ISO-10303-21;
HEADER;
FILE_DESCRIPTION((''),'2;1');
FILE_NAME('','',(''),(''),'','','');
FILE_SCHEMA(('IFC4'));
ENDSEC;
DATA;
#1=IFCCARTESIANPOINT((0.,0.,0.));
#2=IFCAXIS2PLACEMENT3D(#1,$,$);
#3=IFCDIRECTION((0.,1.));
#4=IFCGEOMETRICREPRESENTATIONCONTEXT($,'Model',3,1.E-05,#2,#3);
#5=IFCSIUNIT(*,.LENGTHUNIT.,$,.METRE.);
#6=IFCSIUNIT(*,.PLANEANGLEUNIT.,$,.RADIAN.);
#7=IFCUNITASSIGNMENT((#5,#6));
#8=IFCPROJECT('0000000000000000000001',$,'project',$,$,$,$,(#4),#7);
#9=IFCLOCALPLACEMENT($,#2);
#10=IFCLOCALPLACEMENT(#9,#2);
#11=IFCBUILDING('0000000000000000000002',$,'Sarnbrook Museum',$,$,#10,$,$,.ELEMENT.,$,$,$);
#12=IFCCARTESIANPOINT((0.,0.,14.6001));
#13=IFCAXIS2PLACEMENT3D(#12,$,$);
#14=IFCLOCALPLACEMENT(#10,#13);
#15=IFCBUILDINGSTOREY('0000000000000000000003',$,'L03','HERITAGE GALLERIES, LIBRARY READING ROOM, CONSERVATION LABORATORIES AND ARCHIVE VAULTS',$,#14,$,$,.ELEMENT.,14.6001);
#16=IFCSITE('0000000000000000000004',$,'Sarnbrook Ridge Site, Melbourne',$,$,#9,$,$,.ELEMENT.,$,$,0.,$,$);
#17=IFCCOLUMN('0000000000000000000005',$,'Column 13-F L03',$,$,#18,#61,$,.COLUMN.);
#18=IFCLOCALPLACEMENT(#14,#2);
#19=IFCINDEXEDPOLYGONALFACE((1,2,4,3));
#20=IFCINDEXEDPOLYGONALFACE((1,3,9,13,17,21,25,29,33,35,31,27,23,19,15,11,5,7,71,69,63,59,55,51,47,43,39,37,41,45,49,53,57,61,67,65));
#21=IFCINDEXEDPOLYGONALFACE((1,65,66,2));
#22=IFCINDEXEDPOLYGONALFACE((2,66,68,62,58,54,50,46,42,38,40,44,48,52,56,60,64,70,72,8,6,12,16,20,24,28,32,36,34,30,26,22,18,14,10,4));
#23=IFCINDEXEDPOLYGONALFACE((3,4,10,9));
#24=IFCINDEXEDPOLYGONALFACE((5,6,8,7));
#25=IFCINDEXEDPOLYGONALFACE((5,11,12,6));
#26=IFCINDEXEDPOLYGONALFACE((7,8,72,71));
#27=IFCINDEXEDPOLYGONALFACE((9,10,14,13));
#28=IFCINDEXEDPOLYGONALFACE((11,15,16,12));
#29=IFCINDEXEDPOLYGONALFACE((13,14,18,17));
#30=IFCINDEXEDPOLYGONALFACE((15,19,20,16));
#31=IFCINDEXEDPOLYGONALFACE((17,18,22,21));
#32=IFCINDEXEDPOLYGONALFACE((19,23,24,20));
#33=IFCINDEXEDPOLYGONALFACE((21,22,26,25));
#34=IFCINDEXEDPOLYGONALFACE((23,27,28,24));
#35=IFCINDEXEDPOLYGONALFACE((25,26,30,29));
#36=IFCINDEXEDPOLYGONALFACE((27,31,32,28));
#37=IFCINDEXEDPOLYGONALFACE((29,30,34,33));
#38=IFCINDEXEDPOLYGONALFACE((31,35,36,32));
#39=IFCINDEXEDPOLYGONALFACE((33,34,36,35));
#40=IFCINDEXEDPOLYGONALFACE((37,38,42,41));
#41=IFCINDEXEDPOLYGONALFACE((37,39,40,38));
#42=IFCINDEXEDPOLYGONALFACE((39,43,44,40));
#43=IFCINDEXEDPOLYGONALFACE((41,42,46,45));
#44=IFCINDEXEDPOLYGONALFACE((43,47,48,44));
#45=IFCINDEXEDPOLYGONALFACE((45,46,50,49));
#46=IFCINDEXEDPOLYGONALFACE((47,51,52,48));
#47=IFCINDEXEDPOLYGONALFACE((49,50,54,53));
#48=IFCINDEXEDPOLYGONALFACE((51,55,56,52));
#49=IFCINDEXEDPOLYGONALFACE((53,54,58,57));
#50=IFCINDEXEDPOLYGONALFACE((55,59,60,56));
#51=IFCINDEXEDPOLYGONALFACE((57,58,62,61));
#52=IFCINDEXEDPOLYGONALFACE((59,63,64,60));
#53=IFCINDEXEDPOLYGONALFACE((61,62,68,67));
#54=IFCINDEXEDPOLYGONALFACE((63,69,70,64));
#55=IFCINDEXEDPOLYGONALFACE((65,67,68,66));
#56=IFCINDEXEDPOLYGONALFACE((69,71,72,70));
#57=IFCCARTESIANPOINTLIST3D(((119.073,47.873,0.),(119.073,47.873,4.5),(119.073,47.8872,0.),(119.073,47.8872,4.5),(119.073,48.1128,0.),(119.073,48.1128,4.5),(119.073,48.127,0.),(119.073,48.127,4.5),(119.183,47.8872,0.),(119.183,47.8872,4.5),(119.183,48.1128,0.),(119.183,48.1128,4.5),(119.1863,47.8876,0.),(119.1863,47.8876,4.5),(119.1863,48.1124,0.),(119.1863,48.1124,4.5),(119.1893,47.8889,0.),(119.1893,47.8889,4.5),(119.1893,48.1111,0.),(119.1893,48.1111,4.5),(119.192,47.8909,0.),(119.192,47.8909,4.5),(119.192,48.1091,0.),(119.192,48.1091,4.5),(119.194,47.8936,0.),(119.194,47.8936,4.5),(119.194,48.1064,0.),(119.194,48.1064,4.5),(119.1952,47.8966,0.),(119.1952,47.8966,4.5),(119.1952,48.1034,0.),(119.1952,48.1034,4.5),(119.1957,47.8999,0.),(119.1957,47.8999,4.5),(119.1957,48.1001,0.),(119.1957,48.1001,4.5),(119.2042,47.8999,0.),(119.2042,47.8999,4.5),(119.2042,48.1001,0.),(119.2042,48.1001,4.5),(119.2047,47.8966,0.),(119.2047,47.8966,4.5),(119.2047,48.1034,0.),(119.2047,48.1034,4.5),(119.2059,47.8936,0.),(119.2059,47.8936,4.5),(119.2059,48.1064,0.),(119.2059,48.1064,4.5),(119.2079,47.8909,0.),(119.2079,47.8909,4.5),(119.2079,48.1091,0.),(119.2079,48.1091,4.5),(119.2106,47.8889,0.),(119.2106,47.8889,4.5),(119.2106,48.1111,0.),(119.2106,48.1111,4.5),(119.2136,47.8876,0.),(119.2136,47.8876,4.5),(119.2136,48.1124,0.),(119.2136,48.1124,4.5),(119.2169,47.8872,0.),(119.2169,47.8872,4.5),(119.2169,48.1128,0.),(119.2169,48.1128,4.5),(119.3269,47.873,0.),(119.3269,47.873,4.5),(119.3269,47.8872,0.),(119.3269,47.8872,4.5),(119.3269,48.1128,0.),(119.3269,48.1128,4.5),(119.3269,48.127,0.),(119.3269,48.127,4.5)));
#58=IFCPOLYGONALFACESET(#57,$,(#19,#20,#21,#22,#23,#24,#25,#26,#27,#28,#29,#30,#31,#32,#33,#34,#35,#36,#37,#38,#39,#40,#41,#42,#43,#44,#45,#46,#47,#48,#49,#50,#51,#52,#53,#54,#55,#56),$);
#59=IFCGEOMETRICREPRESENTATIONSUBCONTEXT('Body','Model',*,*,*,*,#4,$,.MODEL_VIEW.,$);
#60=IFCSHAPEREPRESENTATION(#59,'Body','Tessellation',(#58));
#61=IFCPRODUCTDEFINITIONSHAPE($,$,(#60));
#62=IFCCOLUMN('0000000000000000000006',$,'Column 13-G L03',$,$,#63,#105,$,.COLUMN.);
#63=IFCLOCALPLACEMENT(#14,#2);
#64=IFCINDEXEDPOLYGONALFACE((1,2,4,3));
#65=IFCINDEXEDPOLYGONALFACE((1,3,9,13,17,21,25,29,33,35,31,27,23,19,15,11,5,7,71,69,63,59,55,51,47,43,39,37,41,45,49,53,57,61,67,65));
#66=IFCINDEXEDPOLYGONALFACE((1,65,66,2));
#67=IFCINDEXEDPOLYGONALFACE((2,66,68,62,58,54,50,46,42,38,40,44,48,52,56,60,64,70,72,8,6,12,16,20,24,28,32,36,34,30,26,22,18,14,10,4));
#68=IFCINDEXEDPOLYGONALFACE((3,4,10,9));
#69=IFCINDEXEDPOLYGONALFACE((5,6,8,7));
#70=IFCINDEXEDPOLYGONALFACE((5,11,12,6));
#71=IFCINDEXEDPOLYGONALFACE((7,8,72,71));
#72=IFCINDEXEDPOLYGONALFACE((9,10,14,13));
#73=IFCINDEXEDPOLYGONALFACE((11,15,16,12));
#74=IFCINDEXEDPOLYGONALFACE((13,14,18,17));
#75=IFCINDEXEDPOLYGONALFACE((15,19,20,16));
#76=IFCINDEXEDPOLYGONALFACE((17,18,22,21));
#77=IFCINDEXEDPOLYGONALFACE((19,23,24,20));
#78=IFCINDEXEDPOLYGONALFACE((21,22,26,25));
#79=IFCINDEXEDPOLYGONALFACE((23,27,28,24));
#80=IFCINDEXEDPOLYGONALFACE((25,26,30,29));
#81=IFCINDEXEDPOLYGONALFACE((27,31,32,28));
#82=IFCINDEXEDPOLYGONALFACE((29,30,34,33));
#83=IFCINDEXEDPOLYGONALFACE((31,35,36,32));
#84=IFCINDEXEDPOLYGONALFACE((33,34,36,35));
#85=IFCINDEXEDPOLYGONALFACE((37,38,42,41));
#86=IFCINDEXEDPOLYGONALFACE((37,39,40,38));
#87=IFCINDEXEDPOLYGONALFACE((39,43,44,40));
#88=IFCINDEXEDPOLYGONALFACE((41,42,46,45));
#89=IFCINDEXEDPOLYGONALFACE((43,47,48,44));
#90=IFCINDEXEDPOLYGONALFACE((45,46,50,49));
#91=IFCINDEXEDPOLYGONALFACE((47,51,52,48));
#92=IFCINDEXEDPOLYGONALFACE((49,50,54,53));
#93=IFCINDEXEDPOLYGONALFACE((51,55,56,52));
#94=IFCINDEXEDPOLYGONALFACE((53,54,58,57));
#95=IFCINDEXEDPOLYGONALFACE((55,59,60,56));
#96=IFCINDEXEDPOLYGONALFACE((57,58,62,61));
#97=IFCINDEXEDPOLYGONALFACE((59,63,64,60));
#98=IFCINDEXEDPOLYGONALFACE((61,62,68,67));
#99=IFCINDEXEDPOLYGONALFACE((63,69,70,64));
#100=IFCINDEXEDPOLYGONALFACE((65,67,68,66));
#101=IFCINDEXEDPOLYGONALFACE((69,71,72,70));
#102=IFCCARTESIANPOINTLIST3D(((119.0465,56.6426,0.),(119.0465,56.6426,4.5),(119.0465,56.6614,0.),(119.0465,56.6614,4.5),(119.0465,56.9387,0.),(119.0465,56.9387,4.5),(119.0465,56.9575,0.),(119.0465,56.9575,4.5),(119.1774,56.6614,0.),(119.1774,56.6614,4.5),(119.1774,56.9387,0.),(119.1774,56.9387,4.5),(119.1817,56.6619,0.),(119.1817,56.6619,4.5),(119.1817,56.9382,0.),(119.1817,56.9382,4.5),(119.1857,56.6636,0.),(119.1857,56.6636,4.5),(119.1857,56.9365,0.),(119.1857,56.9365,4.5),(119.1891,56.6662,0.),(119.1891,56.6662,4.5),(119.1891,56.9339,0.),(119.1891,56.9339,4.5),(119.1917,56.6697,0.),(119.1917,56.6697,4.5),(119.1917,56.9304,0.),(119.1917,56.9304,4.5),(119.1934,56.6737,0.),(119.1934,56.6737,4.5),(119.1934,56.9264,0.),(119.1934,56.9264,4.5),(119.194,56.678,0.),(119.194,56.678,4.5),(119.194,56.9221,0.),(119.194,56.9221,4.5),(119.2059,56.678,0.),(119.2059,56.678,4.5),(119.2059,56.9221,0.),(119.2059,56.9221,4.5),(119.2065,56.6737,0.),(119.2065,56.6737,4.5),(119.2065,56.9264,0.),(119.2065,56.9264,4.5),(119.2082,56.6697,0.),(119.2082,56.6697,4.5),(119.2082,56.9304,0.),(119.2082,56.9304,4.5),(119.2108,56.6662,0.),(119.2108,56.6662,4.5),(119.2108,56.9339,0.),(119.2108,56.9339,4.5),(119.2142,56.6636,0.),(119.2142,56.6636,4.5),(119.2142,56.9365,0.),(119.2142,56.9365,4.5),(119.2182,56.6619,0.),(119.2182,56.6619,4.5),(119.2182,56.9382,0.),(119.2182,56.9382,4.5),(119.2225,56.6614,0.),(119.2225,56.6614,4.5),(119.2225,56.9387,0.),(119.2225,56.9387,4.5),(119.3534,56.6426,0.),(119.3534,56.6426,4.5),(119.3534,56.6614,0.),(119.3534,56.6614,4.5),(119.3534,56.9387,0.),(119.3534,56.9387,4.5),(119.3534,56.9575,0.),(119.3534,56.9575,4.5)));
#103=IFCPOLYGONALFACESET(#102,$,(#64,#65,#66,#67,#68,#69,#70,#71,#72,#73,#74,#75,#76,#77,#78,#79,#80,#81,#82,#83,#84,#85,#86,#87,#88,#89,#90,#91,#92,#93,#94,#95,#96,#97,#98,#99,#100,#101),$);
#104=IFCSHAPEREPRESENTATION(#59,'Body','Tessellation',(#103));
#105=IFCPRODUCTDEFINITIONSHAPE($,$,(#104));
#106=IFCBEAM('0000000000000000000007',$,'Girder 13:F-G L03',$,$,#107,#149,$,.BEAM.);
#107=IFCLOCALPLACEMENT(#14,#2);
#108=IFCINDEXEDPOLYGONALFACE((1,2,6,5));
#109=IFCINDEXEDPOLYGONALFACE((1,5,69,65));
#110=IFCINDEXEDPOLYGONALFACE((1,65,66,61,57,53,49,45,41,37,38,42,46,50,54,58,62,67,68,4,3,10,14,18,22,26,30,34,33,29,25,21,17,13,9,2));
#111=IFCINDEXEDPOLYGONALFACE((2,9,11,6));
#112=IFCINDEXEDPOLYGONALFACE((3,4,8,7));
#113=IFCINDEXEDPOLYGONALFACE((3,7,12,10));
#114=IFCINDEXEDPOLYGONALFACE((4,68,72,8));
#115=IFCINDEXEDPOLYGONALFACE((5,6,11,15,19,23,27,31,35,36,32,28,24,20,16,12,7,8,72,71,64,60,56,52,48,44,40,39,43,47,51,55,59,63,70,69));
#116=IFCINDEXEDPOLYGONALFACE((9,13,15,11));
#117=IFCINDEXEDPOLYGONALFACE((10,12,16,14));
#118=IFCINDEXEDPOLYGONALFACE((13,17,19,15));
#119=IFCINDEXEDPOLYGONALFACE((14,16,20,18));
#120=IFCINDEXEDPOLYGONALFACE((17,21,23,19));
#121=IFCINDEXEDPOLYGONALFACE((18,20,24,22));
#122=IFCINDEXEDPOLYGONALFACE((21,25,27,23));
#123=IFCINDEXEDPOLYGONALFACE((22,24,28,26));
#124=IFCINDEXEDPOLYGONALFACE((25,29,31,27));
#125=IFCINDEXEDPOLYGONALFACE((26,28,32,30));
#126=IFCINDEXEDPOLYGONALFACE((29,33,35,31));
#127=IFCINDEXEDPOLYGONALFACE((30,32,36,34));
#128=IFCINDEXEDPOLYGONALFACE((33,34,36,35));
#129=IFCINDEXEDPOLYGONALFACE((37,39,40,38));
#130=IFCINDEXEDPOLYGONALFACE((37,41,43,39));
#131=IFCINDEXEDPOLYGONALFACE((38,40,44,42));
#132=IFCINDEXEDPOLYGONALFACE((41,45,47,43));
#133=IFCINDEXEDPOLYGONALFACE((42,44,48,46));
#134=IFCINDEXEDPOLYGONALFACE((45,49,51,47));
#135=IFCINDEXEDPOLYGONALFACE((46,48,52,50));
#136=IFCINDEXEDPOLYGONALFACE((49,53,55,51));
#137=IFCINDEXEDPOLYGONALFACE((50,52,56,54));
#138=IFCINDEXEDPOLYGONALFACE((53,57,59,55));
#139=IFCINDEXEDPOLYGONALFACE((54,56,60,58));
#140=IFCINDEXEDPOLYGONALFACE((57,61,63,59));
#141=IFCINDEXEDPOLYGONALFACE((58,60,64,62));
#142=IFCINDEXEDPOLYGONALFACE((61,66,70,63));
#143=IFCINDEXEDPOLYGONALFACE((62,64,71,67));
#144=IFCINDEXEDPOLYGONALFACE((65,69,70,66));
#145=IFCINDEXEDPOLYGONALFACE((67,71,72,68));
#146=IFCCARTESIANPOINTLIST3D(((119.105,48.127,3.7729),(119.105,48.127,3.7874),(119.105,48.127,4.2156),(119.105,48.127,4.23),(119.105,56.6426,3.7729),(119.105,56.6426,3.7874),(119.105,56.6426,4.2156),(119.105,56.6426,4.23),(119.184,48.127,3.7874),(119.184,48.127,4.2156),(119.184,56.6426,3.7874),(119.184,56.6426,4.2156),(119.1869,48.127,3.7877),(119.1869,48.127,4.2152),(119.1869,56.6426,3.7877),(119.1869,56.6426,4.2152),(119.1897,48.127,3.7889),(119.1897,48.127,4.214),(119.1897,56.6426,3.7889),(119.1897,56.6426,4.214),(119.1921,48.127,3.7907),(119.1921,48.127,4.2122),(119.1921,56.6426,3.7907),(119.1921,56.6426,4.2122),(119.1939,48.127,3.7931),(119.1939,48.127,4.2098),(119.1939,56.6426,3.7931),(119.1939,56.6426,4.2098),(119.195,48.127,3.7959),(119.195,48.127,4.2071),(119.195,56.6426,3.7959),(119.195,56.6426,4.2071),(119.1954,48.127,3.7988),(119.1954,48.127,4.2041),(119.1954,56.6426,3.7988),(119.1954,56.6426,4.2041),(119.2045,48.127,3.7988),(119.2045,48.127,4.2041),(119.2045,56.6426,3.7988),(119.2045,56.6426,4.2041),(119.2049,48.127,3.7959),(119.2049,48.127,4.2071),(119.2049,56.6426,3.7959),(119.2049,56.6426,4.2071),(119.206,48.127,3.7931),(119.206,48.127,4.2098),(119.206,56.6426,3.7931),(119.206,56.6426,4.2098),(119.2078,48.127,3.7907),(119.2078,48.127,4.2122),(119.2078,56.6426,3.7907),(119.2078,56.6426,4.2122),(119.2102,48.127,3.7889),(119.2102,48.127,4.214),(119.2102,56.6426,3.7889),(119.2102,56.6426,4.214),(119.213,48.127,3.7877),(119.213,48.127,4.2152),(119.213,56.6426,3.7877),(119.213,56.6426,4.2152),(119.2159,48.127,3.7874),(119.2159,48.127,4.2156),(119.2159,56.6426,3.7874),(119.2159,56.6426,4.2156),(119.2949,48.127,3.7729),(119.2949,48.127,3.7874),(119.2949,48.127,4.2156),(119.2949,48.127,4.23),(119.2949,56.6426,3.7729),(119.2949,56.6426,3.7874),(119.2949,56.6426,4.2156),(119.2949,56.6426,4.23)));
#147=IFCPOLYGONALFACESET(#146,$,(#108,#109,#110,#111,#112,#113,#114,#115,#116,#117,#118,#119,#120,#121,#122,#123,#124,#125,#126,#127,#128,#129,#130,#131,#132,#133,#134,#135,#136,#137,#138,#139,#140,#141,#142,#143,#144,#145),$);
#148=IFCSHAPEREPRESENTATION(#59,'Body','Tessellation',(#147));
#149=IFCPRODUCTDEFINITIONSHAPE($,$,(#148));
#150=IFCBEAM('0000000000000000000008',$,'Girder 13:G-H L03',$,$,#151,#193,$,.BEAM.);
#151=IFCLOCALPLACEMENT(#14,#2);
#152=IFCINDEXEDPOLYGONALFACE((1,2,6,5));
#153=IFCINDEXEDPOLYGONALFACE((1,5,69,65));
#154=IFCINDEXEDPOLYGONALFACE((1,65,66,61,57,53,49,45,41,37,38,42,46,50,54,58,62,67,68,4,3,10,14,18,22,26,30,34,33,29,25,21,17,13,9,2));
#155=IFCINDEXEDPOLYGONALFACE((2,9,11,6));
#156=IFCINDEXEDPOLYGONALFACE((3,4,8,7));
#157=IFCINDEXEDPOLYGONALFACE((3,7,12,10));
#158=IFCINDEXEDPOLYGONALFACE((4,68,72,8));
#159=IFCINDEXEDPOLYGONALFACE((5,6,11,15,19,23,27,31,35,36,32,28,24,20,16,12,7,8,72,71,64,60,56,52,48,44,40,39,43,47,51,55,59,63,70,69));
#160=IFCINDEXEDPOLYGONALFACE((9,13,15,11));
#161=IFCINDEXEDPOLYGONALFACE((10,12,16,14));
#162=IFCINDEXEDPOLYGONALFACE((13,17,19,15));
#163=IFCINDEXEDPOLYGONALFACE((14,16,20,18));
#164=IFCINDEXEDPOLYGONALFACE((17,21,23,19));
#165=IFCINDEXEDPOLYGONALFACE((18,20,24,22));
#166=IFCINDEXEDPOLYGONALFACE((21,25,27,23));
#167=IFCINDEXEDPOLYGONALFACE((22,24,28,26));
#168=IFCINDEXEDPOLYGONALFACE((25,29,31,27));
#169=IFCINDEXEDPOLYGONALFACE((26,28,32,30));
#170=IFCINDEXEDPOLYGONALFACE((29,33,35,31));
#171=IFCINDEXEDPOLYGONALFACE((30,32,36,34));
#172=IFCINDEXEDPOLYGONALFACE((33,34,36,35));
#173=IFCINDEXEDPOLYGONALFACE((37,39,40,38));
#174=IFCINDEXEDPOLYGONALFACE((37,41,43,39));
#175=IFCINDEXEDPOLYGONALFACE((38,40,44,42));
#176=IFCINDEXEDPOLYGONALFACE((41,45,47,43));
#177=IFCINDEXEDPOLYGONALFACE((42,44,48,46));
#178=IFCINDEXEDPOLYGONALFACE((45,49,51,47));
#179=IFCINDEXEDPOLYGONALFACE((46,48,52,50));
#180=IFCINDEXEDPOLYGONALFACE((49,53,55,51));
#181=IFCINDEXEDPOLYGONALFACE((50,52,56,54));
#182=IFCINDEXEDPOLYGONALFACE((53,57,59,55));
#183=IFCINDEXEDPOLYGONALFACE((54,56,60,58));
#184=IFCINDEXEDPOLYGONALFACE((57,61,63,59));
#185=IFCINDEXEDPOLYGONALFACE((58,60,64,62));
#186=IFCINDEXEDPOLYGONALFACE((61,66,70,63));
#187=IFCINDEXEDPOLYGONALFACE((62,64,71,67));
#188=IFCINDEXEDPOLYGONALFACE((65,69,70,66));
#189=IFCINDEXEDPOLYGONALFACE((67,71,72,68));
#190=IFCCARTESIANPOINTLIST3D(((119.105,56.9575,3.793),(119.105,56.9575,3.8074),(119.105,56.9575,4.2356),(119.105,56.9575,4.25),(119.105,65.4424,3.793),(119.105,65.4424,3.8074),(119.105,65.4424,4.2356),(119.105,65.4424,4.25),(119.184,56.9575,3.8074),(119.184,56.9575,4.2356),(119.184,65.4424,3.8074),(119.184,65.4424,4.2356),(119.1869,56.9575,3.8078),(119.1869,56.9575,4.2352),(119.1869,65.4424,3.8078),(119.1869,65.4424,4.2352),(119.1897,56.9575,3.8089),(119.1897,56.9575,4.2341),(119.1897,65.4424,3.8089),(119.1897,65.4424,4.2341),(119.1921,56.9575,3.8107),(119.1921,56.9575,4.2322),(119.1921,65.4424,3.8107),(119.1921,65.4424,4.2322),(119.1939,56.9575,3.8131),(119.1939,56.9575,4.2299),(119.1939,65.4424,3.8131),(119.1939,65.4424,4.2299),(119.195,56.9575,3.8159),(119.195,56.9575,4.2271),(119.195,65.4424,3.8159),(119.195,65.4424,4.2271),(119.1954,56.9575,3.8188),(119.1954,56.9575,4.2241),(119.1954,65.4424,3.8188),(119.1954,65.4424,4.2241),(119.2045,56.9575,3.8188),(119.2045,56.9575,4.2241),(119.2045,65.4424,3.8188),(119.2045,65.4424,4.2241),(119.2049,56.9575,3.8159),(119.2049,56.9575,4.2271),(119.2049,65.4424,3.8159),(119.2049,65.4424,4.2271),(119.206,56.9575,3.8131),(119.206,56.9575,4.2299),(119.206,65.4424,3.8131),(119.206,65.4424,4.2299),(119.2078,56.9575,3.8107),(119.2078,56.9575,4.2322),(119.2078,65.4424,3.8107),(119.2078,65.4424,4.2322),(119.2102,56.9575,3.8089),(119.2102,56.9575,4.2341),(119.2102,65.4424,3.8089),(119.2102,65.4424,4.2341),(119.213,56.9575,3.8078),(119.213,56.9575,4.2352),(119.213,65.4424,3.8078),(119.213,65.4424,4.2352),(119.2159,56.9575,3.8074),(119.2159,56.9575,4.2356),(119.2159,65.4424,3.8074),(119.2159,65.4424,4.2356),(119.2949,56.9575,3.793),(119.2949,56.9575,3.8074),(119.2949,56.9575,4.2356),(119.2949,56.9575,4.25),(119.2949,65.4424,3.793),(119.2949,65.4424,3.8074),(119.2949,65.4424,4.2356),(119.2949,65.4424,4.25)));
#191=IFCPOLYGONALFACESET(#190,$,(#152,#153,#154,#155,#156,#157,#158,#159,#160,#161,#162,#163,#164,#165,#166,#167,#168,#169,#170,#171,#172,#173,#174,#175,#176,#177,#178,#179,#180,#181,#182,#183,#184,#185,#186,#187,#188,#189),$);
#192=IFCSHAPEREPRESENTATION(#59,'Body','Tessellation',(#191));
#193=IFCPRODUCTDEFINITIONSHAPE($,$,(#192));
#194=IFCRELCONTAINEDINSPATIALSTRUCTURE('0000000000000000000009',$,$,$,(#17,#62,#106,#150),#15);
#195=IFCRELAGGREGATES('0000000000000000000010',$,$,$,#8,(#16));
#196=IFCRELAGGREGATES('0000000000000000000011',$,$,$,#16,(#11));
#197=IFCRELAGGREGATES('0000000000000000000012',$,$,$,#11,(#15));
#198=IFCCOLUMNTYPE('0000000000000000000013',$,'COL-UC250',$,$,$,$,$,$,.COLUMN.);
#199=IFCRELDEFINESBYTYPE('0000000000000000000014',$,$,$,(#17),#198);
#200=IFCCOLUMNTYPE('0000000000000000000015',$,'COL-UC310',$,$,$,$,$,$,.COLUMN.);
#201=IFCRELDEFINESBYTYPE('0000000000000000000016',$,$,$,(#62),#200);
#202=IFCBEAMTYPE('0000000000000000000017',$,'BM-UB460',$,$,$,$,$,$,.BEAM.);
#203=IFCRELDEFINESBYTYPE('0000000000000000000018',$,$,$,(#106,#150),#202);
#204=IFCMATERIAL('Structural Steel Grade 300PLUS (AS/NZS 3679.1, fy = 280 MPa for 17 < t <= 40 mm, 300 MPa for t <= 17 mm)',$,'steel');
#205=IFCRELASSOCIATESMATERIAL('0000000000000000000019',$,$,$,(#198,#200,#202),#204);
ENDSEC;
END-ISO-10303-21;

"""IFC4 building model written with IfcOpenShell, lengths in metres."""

from ifc_helpers import new_model, si_unit, direction, frame, origin, origin_2d, place, context, subcontext, project, spatial, i_section, extrude, material, material_profile, profile_set, type_object, element, save


model = new_model("IFC4")

# Units and contexts
model_context = context("Model", 3, precision=1e-05, world=origin(), true_north=direction((0.0, 1.0)))
body_context = subcontext(model_context, "Body", "Model", "MODEL_VIEW")
ifc_project = project(units=[si_unit("LENGTHUNIT", "METRE"), si_unit("PLANEANGLEUNIT", "RADIAN")], contexts=[model_context])

# Site, building, storey
site_placement = place(None, origin())
site = spatial("IfcSite", under=ifc_project, at=site_placement, Name="Sarnbrook Ridge Site, Melbourne", CompositionType="ELEMENT", RefElevation=0.0)
building_placement = place(site_placement, origin())
building = spatial("IfcBuilding", under=site, at=building_placement, Name="Sarnbrook Museum", CompositionType="ELEMENT")
storey_placement = place(building_placement, frame((0.0, 0.0, 14.6001)))
storey = spatial("IfcBuildingStorey", under=building, at=storey_placement, Name="L03", Description="HERITAGE GALLERIES, LIBRARY READING ROOM, CONSERVATION LABORATORIES AND ARCHIVE VAULTS", CompositionType="ELEMENT", Elevation=14.6001)

# Columns
ifc_material_1 = material(Name="Structural Steel Grade 300PLUS (AS/NZS 3679.1, fy = 280 MPa for 17 < t <= 40 mm, 300 MPa for t <= 17 mm)", Category="steel")
ifc_material_profile_1 = material_profile(ifc_material_1, i_section(OverallWidth=0.2539, OverallDepth=0.2539, WebThickness=0.0085, FlangeThickness=0.0142, FilletRadius=0.0127, at=origin_2d()), Name="250UC72.9")
ifc_profile_set_1 = profile_set([ifc_material_profile_1], Name="Structural Steel Grade 300PLUS (AS/NZS 3679.1, fy = 280 MPa for 17 < t <= 40 mm, 300 MPa for t <= 17 mm)")
column_type_1 = type_object("IfcColumnType", Name="COL-UC250", PredefinedType="COLUMN", material=ifc_profile_set_1)
column_1_placement = place(storey_placement, frame((119.2, 48.0, 0.0), z_axis=(0.0, 0.0, 1.0), x_axis=(1.0, 0.0, 0.0)))
element("IfcColumn", 1, at=column_1_placement, inside=storey, type_object=column_type_1, Name="Column 13-F L03", PredefinedType="COLUMN", context=body_context, shape_type="SweptSolid", body=[
    extrude(i_section(OverallWidth=0.2539, OverallDepth=0.2539, WebThickness=0.0085, FlangeThickness=0.0142, FilletRadius=0.0127, at=origin_2d()), origin(), (0.0, 0.0, 1.0), 4.5),
])
ifc_material_profile_2 = material_profile(ifc_material_1, i_section(OverallWidth=0.3069, OverallDepth=0.3149, WebThickness=0.012, FlangeThickness=0.0188, FilletRadius=0.0166, at=origin_2d()), Name="310UC118")
ifc_profile_set_2 = profile_set([ifc_material_profile_2], Name="Structural Steel Grade 300PLUS (AS/NZS 3679.1, fy = 280 MPa for 17 < t <= 40 mm, 300 MPa for t <= 17 mm)")
column_type_2 = type_object("IfcColumnType", Name="COL-UC310", PredefinedType="COLUMN", material=ifc_profile_set_2)
column_2_placement = place(storey_placement, frame((119.2, 56.8, 0.0), z_axis=(0.0, 0.0, 1.0), x_axis=(1.0, 0.0, 0.0)))
element("IfcColumn", 2, at=column_2_placement, inside=storey, type_object=column_type_2, Name="Column 13-G L03", PredefinedType="COLUMN", context=body_context, shape_type="SweptSolid", body=[
    extrude(i_section(OverallWidth=0.3069, OverallDepth=0.3149, WebThickness=0.012, FlangeThickness=0.0188, FilletRadius=0.0166, at=origin_2d()), origin(), (0.0, 0.0, 1.0), 4.5),
])

# Beams
ifc_material_profile_3 = material_profile(ifc_material_1, i_section(OverallWidth=0.1899, OverallDepth=0.457, WebThickness=0.009, FlangeThickness=0.0144, FilletRadius=0.0115, at=origin_2d()), Name="460UB74.6")
ifc_profile_set_3 = profile_set([ifc_material_profile_3], Name="Structural Steel Grade 300PLUS (AS/NZS 3679.1, fy = 280 MPa for 17 < t <= 40 mm, 300 MPa for t <= 17 mm)")
beam_type_1 = type_object("IfcBeamType", Name="BM-UB460", PredefinedType="BEAM", material=ifc_profile_set_3)
beam_1_placement = place(storey_placement, frame((119.2, 48.127, 4.0015), z_axis=(0.0, 1.0, 0.0), x_axis=(-1.0, 0.0, 0.0)))
element("IfcBeam", 3, at=beam_1_placement, inside=storey, type_object=beam_type_1, Name="Girder 13:F-G L03", PredefinedType="BEAM", context=body_context, shape_type="SweptSolid", body=[
    extrude(i_section(OverallWidth=0.1899, OverallDepth=0.457, WebThickness=0.009, FlangeThickness=0.0144, FilletRadius=0.0115, at=origin_2d()), origin(), (0.0, 0.0, 1.0), 8.5156),
])
beam_2_placement = place(storey_placement, frame((119.2, 56.9575, 4.0215), z_axis=(0.0, 1.0, 0.0), x_axis=(-1.0, 0.0, 0.0)))
element("IfcBeam", 4, at=beam_2_placement, inside=storey, type_object=beam_type_1, Name="Girder 13:G-H L03", PredefinedType="BEAM", context=body_context, shape_type="SweptSolid", body=[
    extrude(i_section(OverallWidth=0.1899, OverallDepth=0.457, WebThickness=0.009, FlangeThickness=0.0144, FilletRadius=0.0115, at=origin_2d()), origin(), (0.0, 0.0, 1.0), 8.4849),
])

save(model, "model.ifc")
